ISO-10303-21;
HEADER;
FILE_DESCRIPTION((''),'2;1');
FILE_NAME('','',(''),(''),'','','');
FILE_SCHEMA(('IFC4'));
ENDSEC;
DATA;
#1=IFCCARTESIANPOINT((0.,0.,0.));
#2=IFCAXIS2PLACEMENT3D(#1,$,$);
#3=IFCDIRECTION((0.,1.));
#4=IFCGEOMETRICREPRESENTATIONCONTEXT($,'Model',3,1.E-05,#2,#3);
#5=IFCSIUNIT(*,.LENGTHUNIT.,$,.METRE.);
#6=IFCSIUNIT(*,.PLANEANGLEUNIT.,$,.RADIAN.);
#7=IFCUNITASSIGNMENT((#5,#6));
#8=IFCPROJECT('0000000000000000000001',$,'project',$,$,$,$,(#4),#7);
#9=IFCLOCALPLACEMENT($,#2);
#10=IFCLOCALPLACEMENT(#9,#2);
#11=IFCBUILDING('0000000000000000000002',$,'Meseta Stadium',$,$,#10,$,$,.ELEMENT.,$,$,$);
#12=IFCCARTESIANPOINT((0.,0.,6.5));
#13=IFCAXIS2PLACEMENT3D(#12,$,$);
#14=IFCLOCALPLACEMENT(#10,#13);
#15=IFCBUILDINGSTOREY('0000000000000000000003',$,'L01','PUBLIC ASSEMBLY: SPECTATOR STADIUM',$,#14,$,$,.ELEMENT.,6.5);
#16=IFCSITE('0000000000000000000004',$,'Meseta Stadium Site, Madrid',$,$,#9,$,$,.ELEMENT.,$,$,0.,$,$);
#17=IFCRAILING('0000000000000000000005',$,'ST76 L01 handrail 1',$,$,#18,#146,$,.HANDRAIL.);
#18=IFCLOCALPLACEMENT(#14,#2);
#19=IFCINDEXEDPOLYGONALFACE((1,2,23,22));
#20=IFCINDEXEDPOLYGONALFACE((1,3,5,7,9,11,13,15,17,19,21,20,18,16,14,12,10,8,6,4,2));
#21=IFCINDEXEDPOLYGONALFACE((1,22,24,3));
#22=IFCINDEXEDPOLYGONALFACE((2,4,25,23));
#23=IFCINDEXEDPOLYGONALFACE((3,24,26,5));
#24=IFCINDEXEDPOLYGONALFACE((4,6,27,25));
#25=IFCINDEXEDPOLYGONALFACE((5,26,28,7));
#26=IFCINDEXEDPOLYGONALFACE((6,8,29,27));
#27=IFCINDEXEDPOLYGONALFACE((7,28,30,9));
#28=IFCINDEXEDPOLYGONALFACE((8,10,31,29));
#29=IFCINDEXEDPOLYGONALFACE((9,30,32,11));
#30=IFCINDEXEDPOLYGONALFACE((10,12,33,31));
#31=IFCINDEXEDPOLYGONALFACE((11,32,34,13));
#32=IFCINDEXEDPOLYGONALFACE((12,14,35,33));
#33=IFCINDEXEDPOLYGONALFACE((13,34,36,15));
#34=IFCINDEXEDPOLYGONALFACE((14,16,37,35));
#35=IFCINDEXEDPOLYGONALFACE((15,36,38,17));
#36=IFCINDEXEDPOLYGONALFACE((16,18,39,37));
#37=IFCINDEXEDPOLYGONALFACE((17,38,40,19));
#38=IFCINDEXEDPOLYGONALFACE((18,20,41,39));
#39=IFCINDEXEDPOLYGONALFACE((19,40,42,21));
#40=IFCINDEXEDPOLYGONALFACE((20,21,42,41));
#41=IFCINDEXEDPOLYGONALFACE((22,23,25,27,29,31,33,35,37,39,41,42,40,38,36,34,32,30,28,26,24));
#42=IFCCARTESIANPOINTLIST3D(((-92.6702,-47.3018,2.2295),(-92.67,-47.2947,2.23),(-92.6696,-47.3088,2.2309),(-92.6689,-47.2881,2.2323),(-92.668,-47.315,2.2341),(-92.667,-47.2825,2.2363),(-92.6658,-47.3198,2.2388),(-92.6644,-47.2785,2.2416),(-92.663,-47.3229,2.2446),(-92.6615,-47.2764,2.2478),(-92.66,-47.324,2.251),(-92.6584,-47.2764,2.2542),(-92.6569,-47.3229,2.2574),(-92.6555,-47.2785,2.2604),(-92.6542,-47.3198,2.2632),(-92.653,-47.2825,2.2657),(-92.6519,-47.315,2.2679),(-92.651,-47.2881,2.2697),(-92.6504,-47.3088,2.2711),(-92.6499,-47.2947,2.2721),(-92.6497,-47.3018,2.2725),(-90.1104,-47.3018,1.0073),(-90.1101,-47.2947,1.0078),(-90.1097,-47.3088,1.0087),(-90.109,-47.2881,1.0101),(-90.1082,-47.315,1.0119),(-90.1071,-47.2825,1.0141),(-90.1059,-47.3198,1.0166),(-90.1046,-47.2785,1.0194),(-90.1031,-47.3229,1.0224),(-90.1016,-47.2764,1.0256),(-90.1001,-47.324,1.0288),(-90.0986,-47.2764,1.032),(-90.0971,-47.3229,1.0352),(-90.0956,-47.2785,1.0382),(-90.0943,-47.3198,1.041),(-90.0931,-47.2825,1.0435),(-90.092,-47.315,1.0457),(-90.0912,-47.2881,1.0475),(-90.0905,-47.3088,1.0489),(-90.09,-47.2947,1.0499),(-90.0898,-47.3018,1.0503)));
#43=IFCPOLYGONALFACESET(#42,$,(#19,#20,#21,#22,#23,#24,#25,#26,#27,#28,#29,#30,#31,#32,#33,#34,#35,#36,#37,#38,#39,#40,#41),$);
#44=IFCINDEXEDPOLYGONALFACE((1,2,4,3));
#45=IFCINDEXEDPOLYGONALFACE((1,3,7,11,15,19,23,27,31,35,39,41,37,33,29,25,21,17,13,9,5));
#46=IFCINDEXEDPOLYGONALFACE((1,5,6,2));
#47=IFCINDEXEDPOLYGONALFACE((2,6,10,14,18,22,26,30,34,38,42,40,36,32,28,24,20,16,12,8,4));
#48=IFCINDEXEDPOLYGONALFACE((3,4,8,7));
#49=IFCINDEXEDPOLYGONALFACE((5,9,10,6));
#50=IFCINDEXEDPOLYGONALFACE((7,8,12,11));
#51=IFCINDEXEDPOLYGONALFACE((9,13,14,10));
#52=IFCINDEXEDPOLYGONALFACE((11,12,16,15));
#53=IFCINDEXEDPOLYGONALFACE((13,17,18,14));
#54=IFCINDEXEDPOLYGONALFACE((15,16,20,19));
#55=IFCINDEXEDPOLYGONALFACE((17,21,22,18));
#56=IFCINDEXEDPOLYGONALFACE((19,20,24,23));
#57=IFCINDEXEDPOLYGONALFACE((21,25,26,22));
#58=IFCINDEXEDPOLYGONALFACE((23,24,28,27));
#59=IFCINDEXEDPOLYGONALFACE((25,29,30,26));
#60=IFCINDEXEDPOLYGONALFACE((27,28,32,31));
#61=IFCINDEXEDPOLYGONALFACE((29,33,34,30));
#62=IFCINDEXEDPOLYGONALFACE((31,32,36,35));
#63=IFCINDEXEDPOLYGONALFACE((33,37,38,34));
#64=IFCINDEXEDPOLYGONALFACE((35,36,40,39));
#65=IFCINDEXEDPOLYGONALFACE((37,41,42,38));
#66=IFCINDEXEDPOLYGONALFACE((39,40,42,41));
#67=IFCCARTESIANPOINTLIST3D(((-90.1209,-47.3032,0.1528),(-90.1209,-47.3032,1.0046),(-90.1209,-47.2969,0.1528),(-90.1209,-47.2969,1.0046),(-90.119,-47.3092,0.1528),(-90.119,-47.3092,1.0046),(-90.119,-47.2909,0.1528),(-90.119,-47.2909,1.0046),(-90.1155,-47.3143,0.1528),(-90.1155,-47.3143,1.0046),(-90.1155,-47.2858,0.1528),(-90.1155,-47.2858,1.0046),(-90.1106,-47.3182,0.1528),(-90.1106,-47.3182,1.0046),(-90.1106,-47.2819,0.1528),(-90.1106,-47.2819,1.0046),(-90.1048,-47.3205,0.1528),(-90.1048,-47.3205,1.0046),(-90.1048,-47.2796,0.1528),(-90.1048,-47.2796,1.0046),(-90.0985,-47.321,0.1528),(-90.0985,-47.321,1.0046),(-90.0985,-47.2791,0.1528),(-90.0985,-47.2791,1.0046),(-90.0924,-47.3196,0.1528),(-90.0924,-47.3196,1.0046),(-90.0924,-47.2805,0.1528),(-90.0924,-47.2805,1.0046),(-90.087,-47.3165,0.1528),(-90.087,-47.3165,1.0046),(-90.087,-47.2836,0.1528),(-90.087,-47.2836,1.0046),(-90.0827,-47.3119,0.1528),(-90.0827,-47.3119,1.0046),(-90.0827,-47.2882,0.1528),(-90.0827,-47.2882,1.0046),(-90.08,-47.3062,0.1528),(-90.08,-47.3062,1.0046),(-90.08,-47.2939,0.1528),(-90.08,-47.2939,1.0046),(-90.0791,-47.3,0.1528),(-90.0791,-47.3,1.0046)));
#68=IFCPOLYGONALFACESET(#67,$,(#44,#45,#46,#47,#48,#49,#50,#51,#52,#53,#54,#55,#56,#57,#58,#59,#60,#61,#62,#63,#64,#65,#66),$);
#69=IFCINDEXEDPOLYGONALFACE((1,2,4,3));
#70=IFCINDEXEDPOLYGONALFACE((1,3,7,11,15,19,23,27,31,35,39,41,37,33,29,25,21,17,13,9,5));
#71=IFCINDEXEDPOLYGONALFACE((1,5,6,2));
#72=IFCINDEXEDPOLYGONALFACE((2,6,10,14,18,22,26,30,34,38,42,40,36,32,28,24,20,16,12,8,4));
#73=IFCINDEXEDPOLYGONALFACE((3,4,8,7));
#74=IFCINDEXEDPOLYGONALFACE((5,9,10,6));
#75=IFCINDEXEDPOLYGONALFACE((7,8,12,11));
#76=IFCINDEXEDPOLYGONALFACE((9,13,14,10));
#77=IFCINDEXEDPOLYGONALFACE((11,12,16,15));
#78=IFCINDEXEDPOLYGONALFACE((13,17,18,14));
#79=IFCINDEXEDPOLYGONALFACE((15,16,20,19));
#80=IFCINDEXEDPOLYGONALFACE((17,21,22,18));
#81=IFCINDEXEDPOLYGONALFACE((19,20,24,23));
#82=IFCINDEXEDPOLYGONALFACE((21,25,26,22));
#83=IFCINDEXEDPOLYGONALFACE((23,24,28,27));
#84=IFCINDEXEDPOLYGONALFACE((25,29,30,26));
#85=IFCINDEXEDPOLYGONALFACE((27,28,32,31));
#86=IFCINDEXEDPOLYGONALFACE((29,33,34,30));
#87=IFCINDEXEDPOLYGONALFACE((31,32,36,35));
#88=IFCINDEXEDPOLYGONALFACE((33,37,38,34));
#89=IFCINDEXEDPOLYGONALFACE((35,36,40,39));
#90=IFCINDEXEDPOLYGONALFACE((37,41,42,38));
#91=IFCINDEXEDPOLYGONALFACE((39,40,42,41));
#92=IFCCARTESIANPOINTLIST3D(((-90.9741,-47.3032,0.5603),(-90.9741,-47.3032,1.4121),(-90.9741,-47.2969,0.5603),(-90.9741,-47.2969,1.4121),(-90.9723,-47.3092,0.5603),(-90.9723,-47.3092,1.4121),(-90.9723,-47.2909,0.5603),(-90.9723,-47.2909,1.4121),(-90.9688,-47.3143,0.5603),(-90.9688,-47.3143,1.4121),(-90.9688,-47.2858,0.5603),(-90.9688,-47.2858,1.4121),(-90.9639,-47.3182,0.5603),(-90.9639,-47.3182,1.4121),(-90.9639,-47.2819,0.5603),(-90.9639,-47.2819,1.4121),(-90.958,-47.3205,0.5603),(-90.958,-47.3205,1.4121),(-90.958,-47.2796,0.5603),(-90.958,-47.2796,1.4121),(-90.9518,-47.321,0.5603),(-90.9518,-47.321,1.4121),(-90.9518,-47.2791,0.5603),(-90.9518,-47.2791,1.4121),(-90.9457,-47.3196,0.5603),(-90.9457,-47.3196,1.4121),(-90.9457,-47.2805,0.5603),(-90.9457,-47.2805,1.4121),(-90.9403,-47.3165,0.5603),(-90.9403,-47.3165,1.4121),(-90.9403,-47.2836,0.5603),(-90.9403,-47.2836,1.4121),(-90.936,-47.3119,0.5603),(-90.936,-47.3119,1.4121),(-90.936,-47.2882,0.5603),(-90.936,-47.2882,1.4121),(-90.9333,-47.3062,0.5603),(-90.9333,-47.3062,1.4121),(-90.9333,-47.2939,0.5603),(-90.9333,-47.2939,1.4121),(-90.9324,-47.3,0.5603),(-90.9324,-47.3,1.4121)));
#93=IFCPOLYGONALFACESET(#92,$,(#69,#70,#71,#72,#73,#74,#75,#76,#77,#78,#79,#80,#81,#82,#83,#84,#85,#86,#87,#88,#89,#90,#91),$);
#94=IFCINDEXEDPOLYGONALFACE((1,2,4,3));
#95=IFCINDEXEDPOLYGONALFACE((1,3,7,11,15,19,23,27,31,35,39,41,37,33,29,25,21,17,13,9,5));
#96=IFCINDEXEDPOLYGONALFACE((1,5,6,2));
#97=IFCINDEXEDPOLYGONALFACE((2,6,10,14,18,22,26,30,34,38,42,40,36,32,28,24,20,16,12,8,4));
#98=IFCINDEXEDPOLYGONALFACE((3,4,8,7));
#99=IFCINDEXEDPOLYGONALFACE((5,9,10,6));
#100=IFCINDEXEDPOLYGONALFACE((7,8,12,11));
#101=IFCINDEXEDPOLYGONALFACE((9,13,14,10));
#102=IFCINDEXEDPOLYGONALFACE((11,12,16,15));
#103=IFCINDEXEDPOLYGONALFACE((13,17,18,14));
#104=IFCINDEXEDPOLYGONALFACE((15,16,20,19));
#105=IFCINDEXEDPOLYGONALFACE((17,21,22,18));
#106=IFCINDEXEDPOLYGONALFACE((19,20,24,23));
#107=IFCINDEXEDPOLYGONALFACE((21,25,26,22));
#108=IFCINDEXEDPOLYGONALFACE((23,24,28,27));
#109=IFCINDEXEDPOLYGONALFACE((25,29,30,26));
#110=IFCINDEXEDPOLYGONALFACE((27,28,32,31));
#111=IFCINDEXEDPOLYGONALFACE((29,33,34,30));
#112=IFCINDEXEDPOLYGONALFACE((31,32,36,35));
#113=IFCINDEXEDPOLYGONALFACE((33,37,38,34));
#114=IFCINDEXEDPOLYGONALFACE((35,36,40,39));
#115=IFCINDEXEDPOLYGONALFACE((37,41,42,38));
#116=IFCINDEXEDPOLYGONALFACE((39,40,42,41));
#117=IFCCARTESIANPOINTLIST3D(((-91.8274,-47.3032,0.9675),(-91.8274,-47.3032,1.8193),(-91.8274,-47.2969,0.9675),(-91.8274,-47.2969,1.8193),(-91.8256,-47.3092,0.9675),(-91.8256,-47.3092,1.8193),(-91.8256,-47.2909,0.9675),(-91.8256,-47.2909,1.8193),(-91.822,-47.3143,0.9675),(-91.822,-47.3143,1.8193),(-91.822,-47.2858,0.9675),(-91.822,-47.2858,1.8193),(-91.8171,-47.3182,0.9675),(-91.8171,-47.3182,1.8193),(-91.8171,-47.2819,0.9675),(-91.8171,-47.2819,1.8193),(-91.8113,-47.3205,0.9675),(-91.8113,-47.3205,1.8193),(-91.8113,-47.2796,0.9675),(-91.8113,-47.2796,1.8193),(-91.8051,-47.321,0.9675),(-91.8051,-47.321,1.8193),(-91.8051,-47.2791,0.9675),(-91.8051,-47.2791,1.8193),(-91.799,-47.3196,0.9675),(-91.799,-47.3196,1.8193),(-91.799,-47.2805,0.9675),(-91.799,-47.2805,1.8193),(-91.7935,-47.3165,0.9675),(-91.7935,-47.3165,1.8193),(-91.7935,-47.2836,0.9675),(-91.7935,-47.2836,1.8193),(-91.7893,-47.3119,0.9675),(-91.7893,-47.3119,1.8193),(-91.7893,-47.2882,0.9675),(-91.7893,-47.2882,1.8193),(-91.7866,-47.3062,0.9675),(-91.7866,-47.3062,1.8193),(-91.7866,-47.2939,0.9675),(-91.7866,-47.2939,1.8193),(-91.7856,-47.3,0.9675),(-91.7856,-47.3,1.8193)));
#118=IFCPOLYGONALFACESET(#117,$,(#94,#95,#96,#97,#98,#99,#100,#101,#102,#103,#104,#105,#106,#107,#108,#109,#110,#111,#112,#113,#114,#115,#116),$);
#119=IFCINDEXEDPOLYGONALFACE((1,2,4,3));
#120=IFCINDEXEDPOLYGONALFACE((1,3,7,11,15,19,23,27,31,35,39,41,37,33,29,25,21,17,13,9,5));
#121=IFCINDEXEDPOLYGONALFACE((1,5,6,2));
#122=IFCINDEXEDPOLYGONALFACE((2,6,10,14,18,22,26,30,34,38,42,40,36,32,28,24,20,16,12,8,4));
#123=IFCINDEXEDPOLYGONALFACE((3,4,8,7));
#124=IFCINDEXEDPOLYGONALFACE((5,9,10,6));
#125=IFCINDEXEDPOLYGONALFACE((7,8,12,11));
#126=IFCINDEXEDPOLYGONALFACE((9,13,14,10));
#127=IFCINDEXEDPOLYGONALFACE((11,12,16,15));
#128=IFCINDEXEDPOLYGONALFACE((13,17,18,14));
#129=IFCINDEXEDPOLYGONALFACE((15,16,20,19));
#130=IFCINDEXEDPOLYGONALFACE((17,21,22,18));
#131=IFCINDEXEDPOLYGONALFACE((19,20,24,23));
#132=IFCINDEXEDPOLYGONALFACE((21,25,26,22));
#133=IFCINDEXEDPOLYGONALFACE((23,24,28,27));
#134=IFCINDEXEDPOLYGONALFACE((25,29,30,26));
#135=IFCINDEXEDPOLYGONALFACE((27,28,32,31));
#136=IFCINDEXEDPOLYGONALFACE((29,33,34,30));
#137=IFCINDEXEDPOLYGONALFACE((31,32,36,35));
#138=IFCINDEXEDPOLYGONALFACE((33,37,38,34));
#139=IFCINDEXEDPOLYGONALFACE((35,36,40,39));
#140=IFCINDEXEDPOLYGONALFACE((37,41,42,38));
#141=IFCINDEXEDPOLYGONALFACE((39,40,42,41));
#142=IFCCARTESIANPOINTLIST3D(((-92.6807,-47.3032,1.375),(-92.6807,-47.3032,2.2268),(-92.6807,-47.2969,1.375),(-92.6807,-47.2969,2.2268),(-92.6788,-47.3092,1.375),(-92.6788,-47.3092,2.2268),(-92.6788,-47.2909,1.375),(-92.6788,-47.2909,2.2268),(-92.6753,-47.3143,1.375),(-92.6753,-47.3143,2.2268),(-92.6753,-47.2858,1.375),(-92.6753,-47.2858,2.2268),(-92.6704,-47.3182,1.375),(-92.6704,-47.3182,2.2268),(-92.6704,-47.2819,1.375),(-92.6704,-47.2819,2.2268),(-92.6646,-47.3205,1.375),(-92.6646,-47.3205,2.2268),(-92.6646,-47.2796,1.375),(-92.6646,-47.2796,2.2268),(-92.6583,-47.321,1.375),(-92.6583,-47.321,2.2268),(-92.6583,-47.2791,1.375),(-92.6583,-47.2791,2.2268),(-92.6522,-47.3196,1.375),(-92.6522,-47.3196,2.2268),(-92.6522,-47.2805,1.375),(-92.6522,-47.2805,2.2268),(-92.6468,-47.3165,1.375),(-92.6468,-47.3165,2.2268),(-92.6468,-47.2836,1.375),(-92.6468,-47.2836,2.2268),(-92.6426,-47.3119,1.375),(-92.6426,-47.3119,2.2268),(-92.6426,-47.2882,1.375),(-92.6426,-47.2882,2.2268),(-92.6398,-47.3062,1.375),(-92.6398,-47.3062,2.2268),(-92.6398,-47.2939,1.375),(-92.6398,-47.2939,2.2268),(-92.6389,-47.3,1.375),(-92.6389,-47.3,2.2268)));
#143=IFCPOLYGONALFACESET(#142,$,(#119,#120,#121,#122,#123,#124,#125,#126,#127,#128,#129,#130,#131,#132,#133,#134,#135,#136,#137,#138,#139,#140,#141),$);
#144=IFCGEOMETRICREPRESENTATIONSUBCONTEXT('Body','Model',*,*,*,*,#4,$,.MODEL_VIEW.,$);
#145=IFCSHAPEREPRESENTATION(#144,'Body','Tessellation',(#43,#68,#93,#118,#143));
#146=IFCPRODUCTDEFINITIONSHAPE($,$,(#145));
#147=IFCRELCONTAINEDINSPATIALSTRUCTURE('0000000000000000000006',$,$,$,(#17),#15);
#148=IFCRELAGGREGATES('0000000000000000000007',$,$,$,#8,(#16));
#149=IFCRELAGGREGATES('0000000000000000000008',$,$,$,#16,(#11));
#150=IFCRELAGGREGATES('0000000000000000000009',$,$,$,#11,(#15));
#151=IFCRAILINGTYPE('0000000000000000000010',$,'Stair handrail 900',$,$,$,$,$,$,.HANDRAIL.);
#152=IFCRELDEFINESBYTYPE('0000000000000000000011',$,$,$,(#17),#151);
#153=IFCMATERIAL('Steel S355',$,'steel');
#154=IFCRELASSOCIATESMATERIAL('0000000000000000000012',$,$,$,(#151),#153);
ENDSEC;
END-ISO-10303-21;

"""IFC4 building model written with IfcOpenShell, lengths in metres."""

from ifc_helpers import new_model, si_unit, direction, frame, origin, origin_2d, place, context, subcontext, project, spatial, circle, extrude, material, type_object, element, save


model = new_model("IFC4")

# Units and contexts
model_context = context("Model", 3, precision=1e-05, world=origin(), true_north=direction((0.0, 1.0)))
body_context = subcontext(model_context, "Body", "Model", "MODEL_VIEW")
ifc_project = project(units=[si_unit("LENGTHUNIT", "METRE"), si_unit("PLANEANGLEUNIT", "RADIAN")], contexts=[model_context])

# Site, building, storey
site_placement = place(None, origin())
site = spatial("IfcSite", under=ifc_project, at=site_placement, Name="Meseta Stadium Site, Madrid", CompositionType="ELEMENT", RefElevation=0.0)
building_placement = place(site_placement, origin())
building = spatial("IfcBuilding", under=site, at=building_placement, Name="Meseta Stadium", CompositionType="ELEMENT")
storey_placement = place(building_placement, frame((0.0, 0.0, 6.5)))
storey = spatial("IfcBuildingStorey", under=building, at=storey_placement, Name="L01", Description="PUBLIC ASSEMBLY: SPECTATOR STADIUM", CompositionType="ELEMENT", Elevation=6.5)

# Railing
ifc_material_1 = material(Name="Steel S355", Category="steel")
railing_type_1 = type_object("IfcRailingType", Name="Stair handrail 900", PredefinedType="HANDRAIL", material=ifc_material_1)
for number, where, name in (
    (1, (-90.1001, -47.3, 0.1528), "ST76 L01 handrail 1"),
):
    element("IfcRailing", number, at=place(storey_placement, frame(where)), inside=storey, type_object=railing_type_1, Name=name, PredefinedType="HANDRAIL", context=body_context, shape_type="SweptSolid", body=[
        extrude(circle(Radius=0.0239, at=origin_2d()), frame((0.0, 0.0, 0.876), z_axis=(-0.902421, 0.0, 0.430855), x_axis=(0.0, -1.0, 0.0)), (0.0, 0.0, 1.0), 2.8367),
        extrude(circle(Radius=0.021, at=origin_2d()), origin(), (0.0, 0.0, 1.0), 0.8518),
        extrude(circle(Radius=0.021, at=origin_2d()), frame((-0.8533, 0.0, 0.4075)), (0.0, 0.0, 1.0), 0.8518),
        extrude(circle(Radius=0.021, at=origin_2d()), frame((-1.7065, 0.0, 0.8147)), (0.0, 0.0, 1.0), 0.8518),
        extrude(circle(Radius=0.021, at=origin_2d()), frame((-2.5598, 0.0, 1.2222)), (0.0, 0.0, 1.0), 0.8518),
    ])

save(model, "model.ifc")
